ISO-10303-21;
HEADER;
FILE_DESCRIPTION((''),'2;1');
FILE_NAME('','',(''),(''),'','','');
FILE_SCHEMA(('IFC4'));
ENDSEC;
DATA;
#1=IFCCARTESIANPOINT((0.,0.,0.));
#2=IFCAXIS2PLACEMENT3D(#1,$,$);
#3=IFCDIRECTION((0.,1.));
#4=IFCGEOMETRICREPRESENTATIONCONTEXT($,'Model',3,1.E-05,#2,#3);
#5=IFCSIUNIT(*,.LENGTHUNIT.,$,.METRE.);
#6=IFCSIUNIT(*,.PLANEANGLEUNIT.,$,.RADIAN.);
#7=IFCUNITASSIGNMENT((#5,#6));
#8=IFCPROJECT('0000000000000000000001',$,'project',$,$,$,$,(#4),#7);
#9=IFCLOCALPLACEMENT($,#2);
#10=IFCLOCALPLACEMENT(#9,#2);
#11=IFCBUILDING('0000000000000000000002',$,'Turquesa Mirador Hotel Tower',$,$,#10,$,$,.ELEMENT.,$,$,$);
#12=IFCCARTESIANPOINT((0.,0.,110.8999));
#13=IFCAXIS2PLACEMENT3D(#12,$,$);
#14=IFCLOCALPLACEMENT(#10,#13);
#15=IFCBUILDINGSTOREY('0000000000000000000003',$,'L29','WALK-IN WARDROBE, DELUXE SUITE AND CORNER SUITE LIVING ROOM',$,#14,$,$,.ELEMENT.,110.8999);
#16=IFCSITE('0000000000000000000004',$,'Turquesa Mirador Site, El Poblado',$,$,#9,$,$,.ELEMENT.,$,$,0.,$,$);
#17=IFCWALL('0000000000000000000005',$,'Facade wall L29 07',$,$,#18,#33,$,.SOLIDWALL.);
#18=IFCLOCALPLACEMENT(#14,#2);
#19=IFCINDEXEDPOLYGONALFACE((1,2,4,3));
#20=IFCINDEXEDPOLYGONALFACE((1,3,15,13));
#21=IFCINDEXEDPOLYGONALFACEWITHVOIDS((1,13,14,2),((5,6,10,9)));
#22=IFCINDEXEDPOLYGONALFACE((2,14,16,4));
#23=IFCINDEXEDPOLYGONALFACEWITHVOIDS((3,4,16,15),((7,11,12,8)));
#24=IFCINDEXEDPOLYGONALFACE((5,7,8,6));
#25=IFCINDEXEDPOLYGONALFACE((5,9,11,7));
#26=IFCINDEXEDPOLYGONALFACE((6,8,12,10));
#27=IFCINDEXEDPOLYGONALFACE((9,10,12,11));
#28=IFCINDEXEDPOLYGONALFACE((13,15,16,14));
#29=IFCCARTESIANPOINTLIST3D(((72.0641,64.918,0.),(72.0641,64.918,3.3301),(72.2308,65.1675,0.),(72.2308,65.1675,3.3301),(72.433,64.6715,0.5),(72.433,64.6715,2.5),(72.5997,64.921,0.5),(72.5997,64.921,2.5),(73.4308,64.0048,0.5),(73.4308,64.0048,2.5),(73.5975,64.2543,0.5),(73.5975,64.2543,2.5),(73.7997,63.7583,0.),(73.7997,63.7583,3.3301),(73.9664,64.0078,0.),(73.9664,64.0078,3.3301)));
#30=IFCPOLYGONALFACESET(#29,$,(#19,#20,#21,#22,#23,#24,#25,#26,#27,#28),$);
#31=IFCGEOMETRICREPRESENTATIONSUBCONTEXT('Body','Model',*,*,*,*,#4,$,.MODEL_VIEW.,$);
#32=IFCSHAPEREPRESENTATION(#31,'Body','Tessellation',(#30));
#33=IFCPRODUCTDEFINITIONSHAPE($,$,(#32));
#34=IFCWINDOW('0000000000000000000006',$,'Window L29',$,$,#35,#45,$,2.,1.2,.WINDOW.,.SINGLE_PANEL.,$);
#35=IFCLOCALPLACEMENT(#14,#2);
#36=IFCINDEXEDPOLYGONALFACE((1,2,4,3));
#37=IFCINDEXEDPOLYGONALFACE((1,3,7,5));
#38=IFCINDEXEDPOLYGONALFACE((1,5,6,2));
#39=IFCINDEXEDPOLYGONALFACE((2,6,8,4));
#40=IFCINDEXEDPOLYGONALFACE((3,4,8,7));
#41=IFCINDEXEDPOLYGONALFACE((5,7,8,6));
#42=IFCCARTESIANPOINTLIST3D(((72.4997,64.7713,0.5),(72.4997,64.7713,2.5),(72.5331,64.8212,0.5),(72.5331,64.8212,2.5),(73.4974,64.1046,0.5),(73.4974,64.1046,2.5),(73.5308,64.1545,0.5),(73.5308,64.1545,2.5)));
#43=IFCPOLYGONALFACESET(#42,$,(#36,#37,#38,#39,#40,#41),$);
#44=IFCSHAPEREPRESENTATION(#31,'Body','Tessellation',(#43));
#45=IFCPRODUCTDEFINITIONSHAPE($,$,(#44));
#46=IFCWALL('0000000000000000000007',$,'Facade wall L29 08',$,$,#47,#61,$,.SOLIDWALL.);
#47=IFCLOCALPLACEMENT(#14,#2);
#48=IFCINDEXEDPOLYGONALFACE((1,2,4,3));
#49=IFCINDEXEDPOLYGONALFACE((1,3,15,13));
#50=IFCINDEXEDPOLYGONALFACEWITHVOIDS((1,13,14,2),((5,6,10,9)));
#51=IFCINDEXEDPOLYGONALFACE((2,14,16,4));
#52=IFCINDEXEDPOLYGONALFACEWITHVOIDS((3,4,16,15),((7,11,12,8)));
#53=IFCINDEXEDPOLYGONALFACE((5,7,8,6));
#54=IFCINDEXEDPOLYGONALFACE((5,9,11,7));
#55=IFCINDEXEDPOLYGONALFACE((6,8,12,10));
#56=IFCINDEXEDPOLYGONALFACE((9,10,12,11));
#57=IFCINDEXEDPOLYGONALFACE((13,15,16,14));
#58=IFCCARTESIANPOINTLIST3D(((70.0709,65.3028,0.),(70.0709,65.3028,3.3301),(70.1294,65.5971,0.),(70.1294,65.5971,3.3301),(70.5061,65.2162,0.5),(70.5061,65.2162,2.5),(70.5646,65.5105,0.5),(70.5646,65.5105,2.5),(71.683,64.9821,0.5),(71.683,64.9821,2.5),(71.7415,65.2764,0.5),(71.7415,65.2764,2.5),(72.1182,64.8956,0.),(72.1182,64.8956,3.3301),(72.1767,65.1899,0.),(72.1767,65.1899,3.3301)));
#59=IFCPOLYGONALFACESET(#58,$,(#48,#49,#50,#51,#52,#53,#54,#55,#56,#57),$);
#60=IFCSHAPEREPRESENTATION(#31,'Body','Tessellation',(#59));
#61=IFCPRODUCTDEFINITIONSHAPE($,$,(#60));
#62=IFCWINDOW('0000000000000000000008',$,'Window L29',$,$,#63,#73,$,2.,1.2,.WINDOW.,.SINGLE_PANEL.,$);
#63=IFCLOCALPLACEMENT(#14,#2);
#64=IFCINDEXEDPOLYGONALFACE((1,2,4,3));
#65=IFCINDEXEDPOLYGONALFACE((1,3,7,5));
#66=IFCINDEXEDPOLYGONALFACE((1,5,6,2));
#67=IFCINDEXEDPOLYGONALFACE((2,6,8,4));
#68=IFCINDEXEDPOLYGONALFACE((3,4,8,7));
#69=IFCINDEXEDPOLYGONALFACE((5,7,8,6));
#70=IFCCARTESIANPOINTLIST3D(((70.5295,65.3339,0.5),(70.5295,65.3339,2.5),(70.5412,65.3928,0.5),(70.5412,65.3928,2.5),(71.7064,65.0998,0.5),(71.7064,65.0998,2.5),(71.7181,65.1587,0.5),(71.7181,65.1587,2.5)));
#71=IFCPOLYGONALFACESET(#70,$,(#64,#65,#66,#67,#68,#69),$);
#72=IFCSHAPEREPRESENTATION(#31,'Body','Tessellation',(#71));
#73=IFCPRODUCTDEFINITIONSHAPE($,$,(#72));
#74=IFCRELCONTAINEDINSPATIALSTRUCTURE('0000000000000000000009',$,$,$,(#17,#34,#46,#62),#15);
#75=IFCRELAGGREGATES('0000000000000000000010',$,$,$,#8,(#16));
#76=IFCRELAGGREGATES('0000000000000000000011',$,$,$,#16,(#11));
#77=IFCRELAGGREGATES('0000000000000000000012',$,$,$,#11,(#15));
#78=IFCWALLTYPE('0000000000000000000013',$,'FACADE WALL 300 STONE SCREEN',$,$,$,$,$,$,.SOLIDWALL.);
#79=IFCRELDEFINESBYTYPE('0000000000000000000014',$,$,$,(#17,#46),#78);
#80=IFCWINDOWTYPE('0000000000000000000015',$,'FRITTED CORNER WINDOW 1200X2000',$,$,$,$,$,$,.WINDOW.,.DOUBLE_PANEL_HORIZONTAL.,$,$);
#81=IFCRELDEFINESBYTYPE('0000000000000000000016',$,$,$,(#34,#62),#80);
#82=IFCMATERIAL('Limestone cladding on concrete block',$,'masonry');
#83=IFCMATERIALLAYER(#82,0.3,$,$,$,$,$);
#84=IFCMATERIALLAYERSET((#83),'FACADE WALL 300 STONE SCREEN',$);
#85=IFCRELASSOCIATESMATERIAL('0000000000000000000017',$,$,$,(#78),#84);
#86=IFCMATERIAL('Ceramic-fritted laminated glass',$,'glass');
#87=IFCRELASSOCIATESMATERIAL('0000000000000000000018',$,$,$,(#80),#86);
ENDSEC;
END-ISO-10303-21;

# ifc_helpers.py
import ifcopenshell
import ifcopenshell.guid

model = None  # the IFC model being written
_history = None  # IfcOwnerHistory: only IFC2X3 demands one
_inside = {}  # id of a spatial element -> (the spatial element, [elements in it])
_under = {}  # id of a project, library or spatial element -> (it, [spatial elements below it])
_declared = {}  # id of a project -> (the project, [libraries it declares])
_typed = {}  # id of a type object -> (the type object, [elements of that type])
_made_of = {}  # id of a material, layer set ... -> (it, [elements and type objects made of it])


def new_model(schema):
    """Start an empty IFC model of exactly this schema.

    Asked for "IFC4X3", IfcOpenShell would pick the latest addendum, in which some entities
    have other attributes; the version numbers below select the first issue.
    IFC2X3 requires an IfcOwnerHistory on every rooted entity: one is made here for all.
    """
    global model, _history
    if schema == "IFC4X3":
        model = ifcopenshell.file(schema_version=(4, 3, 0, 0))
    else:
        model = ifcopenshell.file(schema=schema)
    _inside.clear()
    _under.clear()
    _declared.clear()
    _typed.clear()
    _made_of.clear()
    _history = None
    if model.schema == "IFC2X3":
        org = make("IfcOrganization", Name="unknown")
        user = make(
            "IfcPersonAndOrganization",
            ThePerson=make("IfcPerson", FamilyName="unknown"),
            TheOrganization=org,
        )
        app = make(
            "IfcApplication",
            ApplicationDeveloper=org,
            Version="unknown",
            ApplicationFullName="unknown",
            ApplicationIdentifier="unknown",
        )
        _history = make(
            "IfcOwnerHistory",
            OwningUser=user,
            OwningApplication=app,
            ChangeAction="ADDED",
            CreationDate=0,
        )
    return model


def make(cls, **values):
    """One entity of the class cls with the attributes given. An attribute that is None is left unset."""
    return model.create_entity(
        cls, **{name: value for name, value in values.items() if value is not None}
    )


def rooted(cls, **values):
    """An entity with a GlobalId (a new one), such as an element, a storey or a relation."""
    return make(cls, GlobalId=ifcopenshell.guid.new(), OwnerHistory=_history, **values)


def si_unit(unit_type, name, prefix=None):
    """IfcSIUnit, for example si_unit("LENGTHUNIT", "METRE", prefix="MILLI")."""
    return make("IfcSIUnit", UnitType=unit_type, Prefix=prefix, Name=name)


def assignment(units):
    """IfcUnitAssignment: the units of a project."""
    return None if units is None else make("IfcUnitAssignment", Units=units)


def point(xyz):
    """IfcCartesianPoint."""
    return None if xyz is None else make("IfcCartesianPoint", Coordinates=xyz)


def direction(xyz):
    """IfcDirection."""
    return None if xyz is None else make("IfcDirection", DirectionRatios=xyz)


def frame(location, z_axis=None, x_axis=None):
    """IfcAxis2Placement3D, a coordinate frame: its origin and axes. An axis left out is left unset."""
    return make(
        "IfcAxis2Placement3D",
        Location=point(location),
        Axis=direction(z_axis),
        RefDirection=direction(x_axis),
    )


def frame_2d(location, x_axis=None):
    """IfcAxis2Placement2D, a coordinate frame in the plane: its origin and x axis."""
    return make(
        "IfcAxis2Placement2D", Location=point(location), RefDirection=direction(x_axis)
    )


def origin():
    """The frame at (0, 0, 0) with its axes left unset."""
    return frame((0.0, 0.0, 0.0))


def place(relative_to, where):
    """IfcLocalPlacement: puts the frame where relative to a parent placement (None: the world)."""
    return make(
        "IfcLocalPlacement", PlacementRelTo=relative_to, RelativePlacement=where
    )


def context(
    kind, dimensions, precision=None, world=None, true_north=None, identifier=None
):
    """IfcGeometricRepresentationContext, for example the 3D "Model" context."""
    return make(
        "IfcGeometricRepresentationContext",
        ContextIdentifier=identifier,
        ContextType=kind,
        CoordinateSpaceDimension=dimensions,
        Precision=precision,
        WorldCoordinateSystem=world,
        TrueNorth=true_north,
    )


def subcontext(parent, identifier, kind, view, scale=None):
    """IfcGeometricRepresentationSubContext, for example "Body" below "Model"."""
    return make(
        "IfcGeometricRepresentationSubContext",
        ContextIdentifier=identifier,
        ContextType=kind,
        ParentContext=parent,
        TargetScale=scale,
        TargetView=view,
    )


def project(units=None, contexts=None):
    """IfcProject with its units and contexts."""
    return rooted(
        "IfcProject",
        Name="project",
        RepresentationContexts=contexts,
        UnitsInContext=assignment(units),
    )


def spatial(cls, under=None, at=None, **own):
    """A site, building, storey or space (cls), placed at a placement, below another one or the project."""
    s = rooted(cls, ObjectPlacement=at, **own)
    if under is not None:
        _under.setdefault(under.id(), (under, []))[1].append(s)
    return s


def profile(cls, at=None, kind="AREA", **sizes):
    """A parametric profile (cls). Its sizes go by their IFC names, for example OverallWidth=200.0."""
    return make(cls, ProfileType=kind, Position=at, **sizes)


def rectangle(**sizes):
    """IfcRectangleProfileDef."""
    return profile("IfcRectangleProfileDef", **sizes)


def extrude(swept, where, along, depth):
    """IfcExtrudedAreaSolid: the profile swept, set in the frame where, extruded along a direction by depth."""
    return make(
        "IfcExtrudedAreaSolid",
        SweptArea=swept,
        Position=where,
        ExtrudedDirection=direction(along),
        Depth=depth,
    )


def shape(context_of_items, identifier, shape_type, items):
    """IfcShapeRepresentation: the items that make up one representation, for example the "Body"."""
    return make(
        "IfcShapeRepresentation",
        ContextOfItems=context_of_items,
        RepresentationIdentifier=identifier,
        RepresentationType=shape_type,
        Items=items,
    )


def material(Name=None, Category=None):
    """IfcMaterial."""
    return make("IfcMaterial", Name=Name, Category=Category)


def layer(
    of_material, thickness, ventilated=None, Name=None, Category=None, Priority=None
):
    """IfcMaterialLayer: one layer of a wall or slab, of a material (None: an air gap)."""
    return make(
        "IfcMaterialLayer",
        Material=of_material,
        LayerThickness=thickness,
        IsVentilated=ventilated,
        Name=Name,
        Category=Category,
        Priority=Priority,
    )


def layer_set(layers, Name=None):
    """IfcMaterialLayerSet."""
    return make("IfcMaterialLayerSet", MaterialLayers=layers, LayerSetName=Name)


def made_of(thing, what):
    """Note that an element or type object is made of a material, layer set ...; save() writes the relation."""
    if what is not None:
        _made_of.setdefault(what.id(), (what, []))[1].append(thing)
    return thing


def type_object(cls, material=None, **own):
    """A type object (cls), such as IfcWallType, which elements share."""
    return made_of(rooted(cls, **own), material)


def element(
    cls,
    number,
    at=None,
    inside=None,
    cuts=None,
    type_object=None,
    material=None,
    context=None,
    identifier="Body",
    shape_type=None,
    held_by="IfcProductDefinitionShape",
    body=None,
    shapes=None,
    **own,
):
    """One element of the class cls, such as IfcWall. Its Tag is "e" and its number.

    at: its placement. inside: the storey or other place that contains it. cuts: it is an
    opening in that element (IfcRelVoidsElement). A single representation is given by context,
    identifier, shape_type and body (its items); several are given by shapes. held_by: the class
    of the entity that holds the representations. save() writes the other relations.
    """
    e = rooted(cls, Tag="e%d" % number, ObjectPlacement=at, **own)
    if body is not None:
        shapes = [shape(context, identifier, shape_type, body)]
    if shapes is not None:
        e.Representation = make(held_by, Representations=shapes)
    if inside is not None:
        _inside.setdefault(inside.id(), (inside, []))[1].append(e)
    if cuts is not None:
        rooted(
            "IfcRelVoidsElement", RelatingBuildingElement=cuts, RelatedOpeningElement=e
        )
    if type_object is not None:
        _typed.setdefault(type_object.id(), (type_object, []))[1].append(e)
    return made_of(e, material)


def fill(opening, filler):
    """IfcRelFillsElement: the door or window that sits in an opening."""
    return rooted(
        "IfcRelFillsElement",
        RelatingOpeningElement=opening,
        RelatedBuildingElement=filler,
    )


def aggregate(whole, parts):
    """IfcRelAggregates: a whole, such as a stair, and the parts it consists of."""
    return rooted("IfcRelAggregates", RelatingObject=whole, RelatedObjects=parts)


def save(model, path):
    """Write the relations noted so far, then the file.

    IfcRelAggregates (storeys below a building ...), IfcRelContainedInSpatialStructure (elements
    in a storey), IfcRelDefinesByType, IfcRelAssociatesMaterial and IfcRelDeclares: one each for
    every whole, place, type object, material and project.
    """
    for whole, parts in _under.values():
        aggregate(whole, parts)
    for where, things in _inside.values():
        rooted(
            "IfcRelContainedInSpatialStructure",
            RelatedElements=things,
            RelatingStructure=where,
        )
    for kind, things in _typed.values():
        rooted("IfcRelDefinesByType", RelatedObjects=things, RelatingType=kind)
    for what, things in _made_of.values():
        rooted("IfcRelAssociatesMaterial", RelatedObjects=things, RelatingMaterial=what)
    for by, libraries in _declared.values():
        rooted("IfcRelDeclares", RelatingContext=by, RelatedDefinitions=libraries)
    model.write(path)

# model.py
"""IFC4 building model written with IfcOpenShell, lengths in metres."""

from ifc_helpers import new_model, si_unit, direction, frame, frame_2d, origin, place, context, subcontext, project, spatial, rectangle, extrude, material, layer, layer_set, type_object, element, fill, save


model = new_model("IFC4")

# Units and contexts
model_context = context("Model", 3, precision=1e-05, world=origin(), true_north=direction((0.0, 1.0)))
body_context = subcontext(model_context, "Body", "Model", "MODEL_VIEW")
ifc_project = project(units=[si_unit("LENGTHUNIT", "METRE"), si_unit("PLANEANGLEUNIT", "RADIAN")], contexts=[model_context])

# Site, building, storey
site_placement = place(None, origin())
site = spatial("IfcSite", under=ifc_project, at=site_placement, Name="Turquesa Mirador Site, El Poblado", CompositionType="ELEMENT", RefElevation=0.0)
building_placement = place(site_placement, origin())
building = spatial("IfcBuilding", under=site, at=building_placement, Name="Turquesa Mirador Hotel Tower", CompositionType="ELEMENT")
storey_placement = place(building_placement, frame((0.0, 0.0, 110.8999)))
storey = spatial("IfcBuildingStorey", under=building, at=storey_placement, Name="L29", Description="WALK-IN WARDROBE, DELUXE SUITE AND CORNER SUITE LIVING ROOM", CompositionType="ELEMENT", Elevation=110.8999)

# Walls, openings, windows
ifc_material_1 = material(Name="Limestone cladding on concrete block", Category="masonry")
ifc_layer = layer(ifc_material_1, 0.3)
ifc_layer_set = layer_set([ifc_layer], Name="FACADE WALL 300 STONE SCREEN")
wall_type = type_object("IfcWallType", Name="FACADE WALL 300 STONE SCREEN", PredefinedType="SOLIDWALL", material=ifc_layer_set)
ifc_material_2 = material(Name="Ceramic-fritted laminated glass", Category="glass")
window_type = type_object("IfcWindowType", Name="FRITTED CORNER WINDOW 1200X2000", PartitioningType="DOUBLE_PANEL_HORIZONTAL", PredefinedType="WINDOW", material=ifc_material_2)
wall_1_placement = place(storey_placement, frame((73.8831, 63.8831, 0.0), z_axis=(0.0, 0.0, 1.0), x_axis=(-0.831474, 0.555564, 0.0)))
wall_1 = element("IfcWall", 1, at=wall_1_placement, inside=storey, type_object=wall_type, Name="Facade wall L29 07", PredefinedType="SOLIDWALL", context=body_context, shape_type="SweptSolid", body=[
    extrude(rectangle(XDim=2.0874, YDim=0.3, at=frame_2d((1.0437, 0.0))), origin(), (0.0, 0.0, 1.0), 3.3301),
])
opening_1_placement = place(wall_1_placement, frame((0.4436, 0.0, 0.5)))
opening_1 = element("IfcOpeningElement", 2, at=opening_1_placement, cuts=wall_1, PredefinedType="OPENING", context=body_context, shape_type="SweptSolid", body=[
    extrude(rectangle(XDim=1.2, YDim=2.0, at=frame_2d((0.6001, 1.0))), frame((0.0, 0.1599, 0.0), z_axis=(0.0, -1.0, 0.0), x_axis=(1.0, 0.0, 0.0)), (0.0, 0.0, 1.0), 0.3201),
])
window_1_placement = place(opening_1_placement, origin())
window_1 = element("IfcWindow", 3, at=window_1_placement, inside=storey, type_object=window_type, Name="Window L29", OverallHeight=2.0, OverallWidth=1.2, PartitioningType="SINGLE_PANEL", PredefinedType="WINDOW", context=body_context, shape_type="SweptSolid", body=[
    extrude(rectangle(XDim=1.2, YDim=2.0, at=frame_2d((0.6001, 1.0))), frame((0.0, 0.03, 0.0), z_axis=(0.0, -1.0, 0.0), x_axis=(1.0, 0.0, 0.0)), (0.0, 0.0, 1.0), 0.0601),
])
fill(opening_1, window_1)
wall_2_placement = place(storey_placement, frame((72.1475, 65.0427, 0.0), z_axis=(0.0, 0.0, 1.0), x_axis=(-0.980787, 0.195081, 0.0)))
wall_2 = element("IfcWall", 4, at=wall_2_placement, inside=storey, type_object=wall_type, Name="Facade wall L29 08", PredefinedType="SOLIDWALL", context=body_context, shape_type="SweptSolid", body=[
    extrude(rectangle(XDim=2.0874, YDim=0.3, at=frame_2d((1.0437, 0.0))), origin(), (0.0, 0.0, 1.0), 3.3301),
])
opening_2_placement = place(wall_2_placement, frame((0.4436, 0.0, 0.5)))
opening_2 = element("IfcOpeningElement", 5, at=opening_2_placement, cuts=wall_2, PredefinedType="OPENING", context=body_context, shape_type="SweptSolid", body=[
    extrude(rectangle(XDim=1.2, YDim=2.0, at=frame_2d((0.6001, 1.0))), frame((0.0, 0.1599, 0.0), z_axis=(0.0, -1.0, 0.0), x_axis=(1.0, 0.0, 0.0)), (0.0, 0.0, 1.0), 0.3201),
])
window_2_placement = place(opening_2_placement, origin())
window_2 = element("IfcWindow", 6, at=window_2_placement, inside=storey, type_object=window_type, Name="Window L29", OverallHeight=2.0, OverallWidth=1.2, PartitioningType="SINGLE_PANEL", PredefinedType="WINDOW", context=body_context, shape_type="SweptSolid", body=[
    extrude(rectangle(XDim=1.2, YDim=2.0, at=frame_2d((0.6001, 1.0))), frame((0.0, 0.03, 0.0), z_axis=(0.0, -1.0, 0.0), x_axis=(1.0, 0.0, 0.0)), (0.0, 0.0, 1.0), 0.0601),
])
fill(opening_2, window_2)

save(model, "model.ifc")
